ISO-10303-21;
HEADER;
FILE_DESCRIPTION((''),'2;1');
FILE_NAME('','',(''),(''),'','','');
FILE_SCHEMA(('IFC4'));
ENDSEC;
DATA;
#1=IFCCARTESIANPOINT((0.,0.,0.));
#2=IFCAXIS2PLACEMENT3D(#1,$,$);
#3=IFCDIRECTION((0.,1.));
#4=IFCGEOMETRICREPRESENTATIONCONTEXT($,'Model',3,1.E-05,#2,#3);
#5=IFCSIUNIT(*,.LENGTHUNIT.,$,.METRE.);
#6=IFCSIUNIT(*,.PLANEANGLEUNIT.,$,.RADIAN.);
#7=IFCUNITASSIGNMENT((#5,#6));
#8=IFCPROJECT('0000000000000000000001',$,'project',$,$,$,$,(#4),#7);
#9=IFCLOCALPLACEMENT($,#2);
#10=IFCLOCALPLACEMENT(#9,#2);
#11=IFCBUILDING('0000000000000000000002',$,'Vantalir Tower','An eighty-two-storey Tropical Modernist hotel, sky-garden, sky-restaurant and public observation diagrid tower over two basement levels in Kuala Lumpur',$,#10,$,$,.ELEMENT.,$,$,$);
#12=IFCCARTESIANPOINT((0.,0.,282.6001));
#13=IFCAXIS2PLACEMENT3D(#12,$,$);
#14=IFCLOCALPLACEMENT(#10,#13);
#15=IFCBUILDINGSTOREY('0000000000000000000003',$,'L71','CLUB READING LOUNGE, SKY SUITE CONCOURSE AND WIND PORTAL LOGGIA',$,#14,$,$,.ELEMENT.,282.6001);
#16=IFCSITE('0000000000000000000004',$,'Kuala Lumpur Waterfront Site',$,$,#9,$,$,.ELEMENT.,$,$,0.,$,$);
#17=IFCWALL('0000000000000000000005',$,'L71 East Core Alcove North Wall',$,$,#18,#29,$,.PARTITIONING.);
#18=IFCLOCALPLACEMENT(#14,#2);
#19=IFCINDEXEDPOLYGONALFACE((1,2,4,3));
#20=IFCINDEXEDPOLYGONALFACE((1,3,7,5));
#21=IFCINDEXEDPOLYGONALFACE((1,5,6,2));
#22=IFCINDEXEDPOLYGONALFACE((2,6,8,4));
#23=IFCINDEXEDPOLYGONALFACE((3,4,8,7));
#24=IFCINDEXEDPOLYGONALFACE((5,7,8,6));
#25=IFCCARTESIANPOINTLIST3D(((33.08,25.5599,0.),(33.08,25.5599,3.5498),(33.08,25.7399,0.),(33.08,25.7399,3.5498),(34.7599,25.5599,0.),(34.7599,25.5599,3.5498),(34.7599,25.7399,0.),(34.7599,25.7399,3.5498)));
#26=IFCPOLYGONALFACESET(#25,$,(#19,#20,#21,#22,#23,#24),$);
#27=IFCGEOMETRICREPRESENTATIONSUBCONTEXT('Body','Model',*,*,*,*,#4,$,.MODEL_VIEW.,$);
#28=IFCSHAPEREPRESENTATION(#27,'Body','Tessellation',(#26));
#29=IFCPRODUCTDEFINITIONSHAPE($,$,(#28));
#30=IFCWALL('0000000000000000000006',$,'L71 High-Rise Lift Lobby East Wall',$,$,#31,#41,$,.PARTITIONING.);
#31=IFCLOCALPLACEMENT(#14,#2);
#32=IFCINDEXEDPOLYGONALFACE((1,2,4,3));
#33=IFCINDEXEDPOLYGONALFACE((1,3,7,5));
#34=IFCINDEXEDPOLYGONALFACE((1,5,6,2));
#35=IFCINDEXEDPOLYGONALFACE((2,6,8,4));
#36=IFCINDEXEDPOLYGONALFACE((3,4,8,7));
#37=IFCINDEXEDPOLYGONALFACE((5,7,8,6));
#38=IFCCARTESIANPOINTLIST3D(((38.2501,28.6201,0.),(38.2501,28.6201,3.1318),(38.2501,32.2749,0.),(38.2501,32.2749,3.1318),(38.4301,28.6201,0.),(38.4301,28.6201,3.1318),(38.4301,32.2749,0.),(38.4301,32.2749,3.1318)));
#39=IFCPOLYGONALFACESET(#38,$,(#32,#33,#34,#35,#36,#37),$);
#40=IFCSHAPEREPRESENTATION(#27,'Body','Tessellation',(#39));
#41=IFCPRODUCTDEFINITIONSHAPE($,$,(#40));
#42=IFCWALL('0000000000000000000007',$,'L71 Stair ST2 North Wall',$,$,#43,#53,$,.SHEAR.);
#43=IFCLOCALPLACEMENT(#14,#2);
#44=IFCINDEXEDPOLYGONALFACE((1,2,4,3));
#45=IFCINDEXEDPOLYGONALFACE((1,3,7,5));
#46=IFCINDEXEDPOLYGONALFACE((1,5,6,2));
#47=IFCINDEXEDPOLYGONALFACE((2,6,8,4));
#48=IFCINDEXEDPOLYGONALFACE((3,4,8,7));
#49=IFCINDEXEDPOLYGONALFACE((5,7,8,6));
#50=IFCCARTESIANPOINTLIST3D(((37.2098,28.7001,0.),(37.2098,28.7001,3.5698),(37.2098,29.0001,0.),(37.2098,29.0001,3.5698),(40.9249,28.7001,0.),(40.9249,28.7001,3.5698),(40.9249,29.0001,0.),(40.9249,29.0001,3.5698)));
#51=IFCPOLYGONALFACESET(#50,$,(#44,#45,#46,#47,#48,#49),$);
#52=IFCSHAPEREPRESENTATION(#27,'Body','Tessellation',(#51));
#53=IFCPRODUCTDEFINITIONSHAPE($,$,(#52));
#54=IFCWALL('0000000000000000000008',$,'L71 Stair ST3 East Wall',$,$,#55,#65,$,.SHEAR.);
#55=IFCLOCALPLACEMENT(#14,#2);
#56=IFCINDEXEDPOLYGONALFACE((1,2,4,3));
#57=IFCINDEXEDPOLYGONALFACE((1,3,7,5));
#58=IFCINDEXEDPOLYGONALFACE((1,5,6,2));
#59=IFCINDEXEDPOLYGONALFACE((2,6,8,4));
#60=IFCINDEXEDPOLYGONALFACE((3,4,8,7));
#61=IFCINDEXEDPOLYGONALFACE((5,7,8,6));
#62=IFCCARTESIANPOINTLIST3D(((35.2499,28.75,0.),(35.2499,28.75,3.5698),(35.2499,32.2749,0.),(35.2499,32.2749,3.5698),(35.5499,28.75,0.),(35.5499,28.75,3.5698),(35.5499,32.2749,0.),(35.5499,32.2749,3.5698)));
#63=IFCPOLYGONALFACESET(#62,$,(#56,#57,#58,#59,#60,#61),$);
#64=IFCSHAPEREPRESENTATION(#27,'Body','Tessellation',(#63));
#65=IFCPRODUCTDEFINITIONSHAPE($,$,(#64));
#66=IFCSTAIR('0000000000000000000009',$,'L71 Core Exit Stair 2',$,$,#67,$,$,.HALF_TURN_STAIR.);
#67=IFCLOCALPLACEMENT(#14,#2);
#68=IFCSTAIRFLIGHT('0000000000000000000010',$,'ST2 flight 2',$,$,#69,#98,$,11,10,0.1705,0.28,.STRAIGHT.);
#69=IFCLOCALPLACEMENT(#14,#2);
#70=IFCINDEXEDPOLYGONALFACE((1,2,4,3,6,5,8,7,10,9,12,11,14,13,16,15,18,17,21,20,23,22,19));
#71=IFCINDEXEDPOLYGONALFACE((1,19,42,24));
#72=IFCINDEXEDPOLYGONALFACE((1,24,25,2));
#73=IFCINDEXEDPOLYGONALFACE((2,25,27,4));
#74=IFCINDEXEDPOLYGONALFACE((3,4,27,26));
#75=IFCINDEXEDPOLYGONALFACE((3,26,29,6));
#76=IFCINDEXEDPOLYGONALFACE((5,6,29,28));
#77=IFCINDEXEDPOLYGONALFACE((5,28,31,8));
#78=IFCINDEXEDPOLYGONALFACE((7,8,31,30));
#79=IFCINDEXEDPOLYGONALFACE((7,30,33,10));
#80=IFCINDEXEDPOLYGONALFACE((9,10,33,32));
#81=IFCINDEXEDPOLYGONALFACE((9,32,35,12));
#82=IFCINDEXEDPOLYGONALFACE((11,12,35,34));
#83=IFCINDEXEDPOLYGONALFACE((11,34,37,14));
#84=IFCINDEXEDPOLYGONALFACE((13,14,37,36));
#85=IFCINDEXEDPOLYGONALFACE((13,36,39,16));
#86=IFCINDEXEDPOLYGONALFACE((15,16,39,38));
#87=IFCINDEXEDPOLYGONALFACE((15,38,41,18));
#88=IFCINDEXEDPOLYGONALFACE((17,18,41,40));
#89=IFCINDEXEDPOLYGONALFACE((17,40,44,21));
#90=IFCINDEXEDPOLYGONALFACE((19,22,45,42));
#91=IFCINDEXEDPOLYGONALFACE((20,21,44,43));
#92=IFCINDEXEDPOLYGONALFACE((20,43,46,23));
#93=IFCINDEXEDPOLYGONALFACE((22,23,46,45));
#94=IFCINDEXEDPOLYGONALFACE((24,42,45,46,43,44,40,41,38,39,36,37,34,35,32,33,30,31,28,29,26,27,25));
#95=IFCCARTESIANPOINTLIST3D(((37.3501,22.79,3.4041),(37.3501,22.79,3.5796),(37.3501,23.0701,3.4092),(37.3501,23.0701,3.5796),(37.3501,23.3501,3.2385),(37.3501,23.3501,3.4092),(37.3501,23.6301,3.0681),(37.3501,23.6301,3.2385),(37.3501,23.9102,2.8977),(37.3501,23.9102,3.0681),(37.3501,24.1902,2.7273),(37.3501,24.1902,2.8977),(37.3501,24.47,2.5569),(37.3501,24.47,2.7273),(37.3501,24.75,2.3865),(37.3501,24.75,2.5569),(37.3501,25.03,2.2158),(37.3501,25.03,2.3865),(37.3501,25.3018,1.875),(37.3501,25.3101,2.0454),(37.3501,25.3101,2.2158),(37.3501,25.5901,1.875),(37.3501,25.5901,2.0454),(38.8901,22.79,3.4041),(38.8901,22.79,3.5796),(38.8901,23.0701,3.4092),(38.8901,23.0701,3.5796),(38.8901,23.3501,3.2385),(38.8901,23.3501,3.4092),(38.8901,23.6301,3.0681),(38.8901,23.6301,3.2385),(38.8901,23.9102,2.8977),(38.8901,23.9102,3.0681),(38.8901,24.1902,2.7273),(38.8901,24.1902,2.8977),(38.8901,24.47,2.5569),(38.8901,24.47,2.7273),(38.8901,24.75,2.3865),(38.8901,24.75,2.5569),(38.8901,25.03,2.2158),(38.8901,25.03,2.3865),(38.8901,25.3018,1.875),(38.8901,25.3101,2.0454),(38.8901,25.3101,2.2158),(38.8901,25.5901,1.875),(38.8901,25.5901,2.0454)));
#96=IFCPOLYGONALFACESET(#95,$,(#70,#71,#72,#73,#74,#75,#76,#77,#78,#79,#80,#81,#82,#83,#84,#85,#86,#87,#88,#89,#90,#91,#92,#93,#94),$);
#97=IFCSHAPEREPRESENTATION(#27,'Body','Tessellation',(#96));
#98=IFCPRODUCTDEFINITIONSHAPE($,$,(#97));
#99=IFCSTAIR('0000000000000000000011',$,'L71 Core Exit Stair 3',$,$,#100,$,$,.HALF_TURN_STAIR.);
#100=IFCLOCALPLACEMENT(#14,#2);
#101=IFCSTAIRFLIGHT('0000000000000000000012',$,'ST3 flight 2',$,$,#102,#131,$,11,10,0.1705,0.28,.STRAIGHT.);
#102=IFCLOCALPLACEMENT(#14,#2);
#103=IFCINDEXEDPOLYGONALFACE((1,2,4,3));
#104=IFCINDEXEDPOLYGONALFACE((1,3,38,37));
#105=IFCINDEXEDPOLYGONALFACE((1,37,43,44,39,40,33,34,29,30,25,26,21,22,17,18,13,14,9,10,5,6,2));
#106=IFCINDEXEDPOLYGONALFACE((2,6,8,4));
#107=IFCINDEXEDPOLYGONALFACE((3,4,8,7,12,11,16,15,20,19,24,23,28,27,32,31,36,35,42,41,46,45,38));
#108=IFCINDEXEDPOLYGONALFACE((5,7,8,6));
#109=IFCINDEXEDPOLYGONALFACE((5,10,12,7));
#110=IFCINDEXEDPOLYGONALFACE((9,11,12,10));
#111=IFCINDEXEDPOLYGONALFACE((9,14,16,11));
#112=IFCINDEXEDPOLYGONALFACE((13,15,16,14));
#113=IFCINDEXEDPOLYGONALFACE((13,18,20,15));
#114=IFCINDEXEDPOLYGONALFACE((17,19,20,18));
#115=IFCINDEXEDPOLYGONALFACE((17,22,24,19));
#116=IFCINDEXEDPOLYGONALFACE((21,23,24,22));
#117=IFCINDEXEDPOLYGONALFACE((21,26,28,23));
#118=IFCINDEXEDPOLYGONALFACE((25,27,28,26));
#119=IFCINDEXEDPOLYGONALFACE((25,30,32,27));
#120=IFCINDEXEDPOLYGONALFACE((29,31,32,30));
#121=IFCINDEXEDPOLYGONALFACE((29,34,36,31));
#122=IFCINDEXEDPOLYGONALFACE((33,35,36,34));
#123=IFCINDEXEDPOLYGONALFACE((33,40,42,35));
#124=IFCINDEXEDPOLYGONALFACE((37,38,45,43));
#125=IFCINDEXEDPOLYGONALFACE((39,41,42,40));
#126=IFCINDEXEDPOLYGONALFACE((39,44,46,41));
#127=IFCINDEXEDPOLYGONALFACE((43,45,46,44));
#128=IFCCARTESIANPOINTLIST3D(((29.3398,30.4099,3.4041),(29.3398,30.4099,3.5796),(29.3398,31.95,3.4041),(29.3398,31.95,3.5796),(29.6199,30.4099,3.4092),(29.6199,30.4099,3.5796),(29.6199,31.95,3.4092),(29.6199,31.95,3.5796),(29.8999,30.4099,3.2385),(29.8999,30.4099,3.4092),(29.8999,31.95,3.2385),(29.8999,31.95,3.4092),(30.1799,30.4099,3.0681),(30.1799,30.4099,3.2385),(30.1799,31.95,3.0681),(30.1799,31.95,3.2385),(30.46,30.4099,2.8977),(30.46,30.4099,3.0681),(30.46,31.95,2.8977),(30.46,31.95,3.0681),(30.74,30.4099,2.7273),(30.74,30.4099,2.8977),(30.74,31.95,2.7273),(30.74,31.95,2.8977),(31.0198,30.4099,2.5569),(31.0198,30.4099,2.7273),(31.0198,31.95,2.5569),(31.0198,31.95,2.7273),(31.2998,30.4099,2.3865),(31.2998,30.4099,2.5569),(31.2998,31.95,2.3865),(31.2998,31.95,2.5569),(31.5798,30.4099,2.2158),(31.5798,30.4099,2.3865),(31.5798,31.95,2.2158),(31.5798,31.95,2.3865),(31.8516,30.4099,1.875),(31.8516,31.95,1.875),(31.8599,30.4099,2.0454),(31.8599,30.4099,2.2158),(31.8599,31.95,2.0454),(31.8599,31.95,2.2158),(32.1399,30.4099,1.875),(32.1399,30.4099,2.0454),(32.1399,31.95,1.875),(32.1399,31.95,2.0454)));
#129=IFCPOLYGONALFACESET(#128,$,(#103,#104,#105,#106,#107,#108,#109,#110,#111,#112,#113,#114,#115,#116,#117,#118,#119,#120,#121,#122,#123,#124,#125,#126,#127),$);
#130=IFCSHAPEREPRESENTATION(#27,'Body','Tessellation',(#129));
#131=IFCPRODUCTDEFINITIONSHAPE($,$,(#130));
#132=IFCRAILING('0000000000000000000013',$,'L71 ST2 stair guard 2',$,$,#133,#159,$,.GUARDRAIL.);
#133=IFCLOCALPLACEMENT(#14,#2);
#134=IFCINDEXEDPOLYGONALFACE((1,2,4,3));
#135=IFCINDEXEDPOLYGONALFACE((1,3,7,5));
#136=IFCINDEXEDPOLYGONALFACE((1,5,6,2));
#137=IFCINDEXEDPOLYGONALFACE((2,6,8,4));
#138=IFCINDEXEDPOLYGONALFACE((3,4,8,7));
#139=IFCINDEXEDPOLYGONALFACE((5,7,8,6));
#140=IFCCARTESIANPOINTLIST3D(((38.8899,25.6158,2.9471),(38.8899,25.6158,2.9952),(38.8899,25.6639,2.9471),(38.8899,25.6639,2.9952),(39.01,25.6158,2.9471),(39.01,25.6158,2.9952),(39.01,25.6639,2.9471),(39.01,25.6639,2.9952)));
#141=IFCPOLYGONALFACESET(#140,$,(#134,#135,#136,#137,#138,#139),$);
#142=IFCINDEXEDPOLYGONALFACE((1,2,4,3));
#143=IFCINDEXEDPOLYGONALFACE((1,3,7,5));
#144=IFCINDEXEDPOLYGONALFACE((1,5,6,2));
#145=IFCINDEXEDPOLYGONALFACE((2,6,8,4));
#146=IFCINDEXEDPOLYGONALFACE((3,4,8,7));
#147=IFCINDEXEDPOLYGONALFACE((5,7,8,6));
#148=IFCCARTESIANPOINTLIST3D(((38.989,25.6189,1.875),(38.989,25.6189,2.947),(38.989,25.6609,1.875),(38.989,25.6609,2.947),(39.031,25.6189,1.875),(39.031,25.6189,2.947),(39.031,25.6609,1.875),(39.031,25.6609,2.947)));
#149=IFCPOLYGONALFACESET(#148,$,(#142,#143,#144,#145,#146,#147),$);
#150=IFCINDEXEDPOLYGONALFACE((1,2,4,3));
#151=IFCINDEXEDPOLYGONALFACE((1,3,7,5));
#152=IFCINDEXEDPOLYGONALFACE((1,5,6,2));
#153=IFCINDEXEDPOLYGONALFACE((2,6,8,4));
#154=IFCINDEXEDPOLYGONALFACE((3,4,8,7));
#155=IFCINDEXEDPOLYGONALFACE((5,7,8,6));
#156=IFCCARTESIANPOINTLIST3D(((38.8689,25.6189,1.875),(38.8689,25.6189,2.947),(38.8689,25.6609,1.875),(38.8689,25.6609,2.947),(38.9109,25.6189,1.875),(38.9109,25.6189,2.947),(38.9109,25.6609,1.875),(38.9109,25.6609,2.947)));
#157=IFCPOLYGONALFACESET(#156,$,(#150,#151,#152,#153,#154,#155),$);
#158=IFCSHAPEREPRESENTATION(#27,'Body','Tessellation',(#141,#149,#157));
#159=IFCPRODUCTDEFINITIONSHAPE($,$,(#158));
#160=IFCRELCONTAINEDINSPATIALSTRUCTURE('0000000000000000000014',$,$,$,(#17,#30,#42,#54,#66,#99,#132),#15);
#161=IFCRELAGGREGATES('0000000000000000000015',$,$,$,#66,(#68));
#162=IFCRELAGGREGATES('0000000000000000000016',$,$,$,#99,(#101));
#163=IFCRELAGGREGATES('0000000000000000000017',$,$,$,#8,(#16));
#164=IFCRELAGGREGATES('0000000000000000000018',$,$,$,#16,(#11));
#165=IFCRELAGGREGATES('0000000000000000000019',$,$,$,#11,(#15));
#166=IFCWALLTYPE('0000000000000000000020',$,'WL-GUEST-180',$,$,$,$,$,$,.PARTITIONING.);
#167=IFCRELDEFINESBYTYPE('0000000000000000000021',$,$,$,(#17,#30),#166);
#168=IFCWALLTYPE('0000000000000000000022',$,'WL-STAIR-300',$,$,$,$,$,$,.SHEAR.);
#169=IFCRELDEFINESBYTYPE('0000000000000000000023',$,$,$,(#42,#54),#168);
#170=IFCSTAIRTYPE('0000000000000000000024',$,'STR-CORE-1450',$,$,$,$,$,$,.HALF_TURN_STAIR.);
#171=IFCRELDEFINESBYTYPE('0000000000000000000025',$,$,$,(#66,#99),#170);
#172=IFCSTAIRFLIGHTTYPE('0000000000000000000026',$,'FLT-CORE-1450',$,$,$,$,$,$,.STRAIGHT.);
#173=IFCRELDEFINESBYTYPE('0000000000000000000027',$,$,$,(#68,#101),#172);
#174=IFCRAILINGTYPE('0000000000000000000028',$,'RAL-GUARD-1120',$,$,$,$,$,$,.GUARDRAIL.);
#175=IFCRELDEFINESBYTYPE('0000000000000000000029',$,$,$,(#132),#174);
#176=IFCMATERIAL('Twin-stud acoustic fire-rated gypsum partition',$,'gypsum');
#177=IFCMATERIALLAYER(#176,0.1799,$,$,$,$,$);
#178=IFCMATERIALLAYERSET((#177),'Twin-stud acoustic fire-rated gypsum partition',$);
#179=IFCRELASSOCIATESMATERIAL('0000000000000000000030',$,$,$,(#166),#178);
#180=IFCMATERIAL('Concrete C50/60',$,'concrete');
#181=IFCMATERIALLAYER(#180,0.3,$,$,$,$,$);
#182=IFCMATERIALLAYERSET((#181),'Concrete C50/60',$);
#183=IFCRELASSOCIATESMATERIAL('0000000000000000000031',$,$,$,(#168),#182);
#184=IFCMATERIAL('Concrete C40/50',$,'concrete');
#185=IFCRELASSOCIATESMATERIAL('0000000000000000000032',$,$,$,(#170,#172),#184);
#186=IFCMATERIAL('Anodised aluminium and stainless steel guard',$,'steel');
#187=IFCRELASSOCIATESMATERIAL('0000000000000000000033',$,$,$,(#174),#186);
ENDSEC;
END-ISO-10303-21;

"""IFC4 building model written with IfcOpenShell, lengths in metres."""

from ifc_helpers import new_model, si_unit, direction, frame, frame_2d, origin, origin_2d, place, context, subcontext, project, spatial, polyline, rectangle, outline, extrude, material, layer, layer_set, type_object, element, aggregate, save


model = new_model("IFC4")

# Units and contexts
model_context = context("Model", 3, precision=1e-05, world=origin(), true_north=direction((0.0, 1.0)))
body_context = subcontext(model_context, "Body", "Model", "MODEL_VIEW")
ifc_project = project(units=[si_unit("LENGTHUNIT", "METRE"), si_unit("PLANEANGLEUNIT", "RADIAN")], contexts=[model_context])

# Site, building, storey
site_placement = place(None, origin())
site = spatial("IfcSite", under=ifc_project, at=site_placement, Name="Kuala Lumpur Waterfront Site", CompositionType="ELEMENT", RefElevation=0.0)
building_placement = place(site_placement, origin())
building = spatial("IfcBuilding", under=site, at=building_placement, Name="Vantalir Tower", Description="An eighty-two-storey Tropical Modernist hotel, sky-garden, sky-restaurant and public observation diagrid tower over two basement levels in Kuala Lumpur", CompositionType="ELEMENT")
storey_placement = place(building_placement, frame((0.0, 0.0, 282.6001)))
storey = spatial("IfcBuildingStorey", under=building, at=storey_placement, Name="L71", Description="CLUB READING LOUNGE, SKY SUITE CONCOURSE AND WIND PORTAL LOGGIA", CompositionType="ELEMENT", Elevation=282.6001)

# Walls
ifc_material_1 = material(Name="Twin-stud acoustic fire-rated gypsum partition", Category="gypsum")
ifc_layer_1 = layer(ifc_material_1, 0.1799)
ifc_layer_set_1 = layer_set([ifc_layer_1], Name="Twin-stud acoustic fire-rated gypsum partition")
wall_type_1 = type_object("IfcWallType", Name="WL-GUEST-180", PredefinedType="PARTITIONING", material=ifc_layer_set_1)
wall_1_placement = place(storey_placement, frame((33.0801, 25.6499, 0.0), z_axis=(0.0, 0.0, 1.0), x_axis=(1.0, 0.0, 0.0)))
element("IfcWall", 1, at=wall_1_placement, inside=storey, type_object=wall_type_1, Name="L71 East Core Alcove North Wall", PredefinedType="PARTITIONING", context=body_context, shape_type="SweptSolid", body=[
    extrude(rectangle(XDim=1.6799, YDim=0.1799, at=frame_2d((0.8398, 0.0))), origin(), (0.0, 0.0, 1.0), 3.5498),
])
wall_2_placement = place(storey_placement, frame((38.3401, 28.6201, 0.0), z_axis=(0.0, 0.0, 1.0), x_axis=(0.0, 1.0, 0.0)))
element("IfcWall", 2, at=wall_2_placement, inside=storey, type_object=wall_type_1, Name="L71 High-Rise Lift Lobby East Wall", PredefinedType="PARTITIONING", context=body_context, shape_type="SweptSolid", body=[
    extrude(rectangle(XDim=3.6548, YDim=0.1799, at=frame_2d((1.8274, 0.0))), origin(), (0.0, 0.0, 1.0), 3.1318),
])
ifc_material_2 = material(Name="Concrete C50/60", Category="concrete")
ifc_layer_2 = layer(ifc_material_2, 0.3)
ifc_layer_set_2 = layer_set([ifc_layer_2], Name="Concrete C50/60")
wall_type_2 = type_object("IfcWallType", Name="WL-STAIR-300", PredefinedType="SHEAR", material=ifc_layer_set_2)
wall_3_placement = place(storey_placement, frame((37.21, 28.8501, 0.0), z_axis=(0.0, 0.0, 1.0), x_axis=(1.0, 0.0, 0.0)))
element("IfcWall", 3, at=wall_3_placement, inside=storey, type_object=wall_type_2, Name="L71 Stair ST2 North Wall", PredefinedType="SHEAR", context=body_context, shape_type="SweptSolid", body=[
    extrude(rectangle(XDim=3.7151, YDim=0.3, at=frame_2d((1.8574, 0.0))), origin(), (0.0, 0.0, 1.0), 3.5698),
])
wall_4_placement = place(storey_placement, frame((35.3999, 28.75, 0.0), z_axis=(0.0, 0.0, 1.0), x_axis=(0.0, 1.0, 0.0)))
element("IfcWall", 4, at=wall_4_placement, inside=storey, type_object=wall_type_2, Name="L71 Stair ST3 East Wall", PredefinedType="SHEAR", context=body_context, shape_type="SweptSolid", body=[
    extrude(rectangle(XDim=3.5249, YDim=0.3, at=frame_2d((1.7625, 0.0))), origin(), (0.0, 0.0, 1.0), 3.5698),
])

# Stairs, stair flights
ifc_material_3 = material(Name="Concrete C40/50", Category="concrete")
stair_type = type_object("IfcStairType", Name="STR-CORE-1450", PredefinedType="HALF_TURN_STAIR", material=ifc_material_3)
stair_1_placement = place(storey_placement, origin())
stair_1 = element("IfcStair", 5, at=stair_1_placement, inside=storey, type_object=stair_type, Name="L71 Core Exit Stair 2", PredefinedType="HALF_TURN_STAIR")
stair_flight_type = type_object("IfcStairFlightType", Name="FLT-CORE-1450", PredefinedType="STRAIGHT", material=ifc_material_3)
stair_flight_1_placement = place(storey_placement, frame((38.1201, 25.5901, 1.875), z_axis=(0.0, 0.0, 1.0), x_axis=(0.0, -1.0, 0.0)))
stair_flight_1 = element("IfcStairFlight", 6, at=stair_flight_1_placement, type_object=stair_flight_type, Name="ST2 flight 2", NumberOfRisers=11, NumberOfTreads=10, PredefinedType="STRAIGHT", RiserHeight=0.1705, TreadLength=0.28, context=body_context, shape_type="SweptSolid", body=[
    extrude(outline(polyline([(0.0, 0.0), (0.0, 0.1704), (0.28, 0.1704), (0.28, 0.3408), (0.5601, 0.3408), (0.5601, 0.5115), (0.8401, 0.5115), (0.8401, 0.6819), (1.1201, 0.6819), (1.1201, 0.8523), (1.3999, 0.8523), (1.3999, 1.0227), (1.6799, 1.0227), (1.6799, 1.1931), (1.96, 1.1931), (1.96, 1.3635), (2.24, 1.3635), (2.24, 1.5342), (2.52, 1.5342), (2.52, 1.7046), (2.8, 1.7046), (2.8, 1.875), (2.8, 1.5291), (0.2883, 0.0), (0.0, 0.0)])), frame((0.0, 0.77, 0.0), z_axis=(0.0, -1.0, 0.0), x_axis=(1.0, 0.0, 0.0)), (0.0, 0.0, 1.0), 1.54),
])
aggregate(stair_1, [stair_flight_1])
stair_2_placement = place(storey_placement, origin())
stair_2 = element("IfcStair", 7, at=stair_2_placement, inside=storey, type_object=stair_type, Name="L71 Core Exit Stair 3", PredefinedType="HALF_TURN_STAIR")
stair_flight_2_placement = place(storey_placement, frame((32.1399, 31.1799, 1.875), z_axis=(0.0, 0.0, 1.0), x_axis=(-1.0, 0.0, 0.0)))
stair_flight_2 = element("IfcStairFlight", 8, at=stair_flight_2_placement, type_object=stair_flight_type, Name="ST3 flight 2", NumberOfRisers=11, NumberOfTreads=10, PredefinedType="STRAIGHT", RiserHeight=0.1705, TreadLength=0.28, context=body_context, shape_type="SweptSolid", body=[
    extrude(outline(polyline([(0.0, 0.0), (0.0, 0.1704), (0.28, 0.1704), (0.28, 0.3408), (0.5601, 0.3408), (0.5601, 0.5115), (0.8401, 0.5115), (0.8401, 0.6819), (1.1201, 0.6819), (1.1201, 0.8523), (1.3999, 0.8523), (1.3999, 1.0227), (1.6799, 1.0227), (1.6799, 1.1931), (1.96, 1.1931), (1.96, 1.3635), (2.24, 1.3635), (2.24, 1.5342), (2.52, 1.5342), (2.52, 1.7046), (2.8, 1.7046), (2.8, 1.875), (2.8, 1.5291), (0.2883, 0.0), (0.0, 0.0)])), frame((0.0, 0.77, 0.0), z_axis=(0.0, -1.0, 0.0), x_axis=(1.0, 0.0, 0.0)), (0.0, 0.0, 1.0), 1.54),
])
aggregate(stair_2, [stair_flight_2])

# Railing
ifc_material_4 = material(Name="Anodised aluminium and stainless steel guard", Category="steel")
railing_type_1 = type_object("IfcRailingType", Name="RAL-GUARD-1120", PredefinedType="GUARDRAIL", material=ifc_material_4)
railing_1_placement = place(storey_placement, frame((39.01, 25.6399, 1.875)))
element("IfcRailing", 9, at=railing_1_placement, inside=storey, type_object=railing_type_1, Name="L71 ST2 stair guard 2", PredefinedType="GUARDRAIL", context=body_context, shape_type="SweptSolid", body=[
    extrude(rectangle(XDim=0.0481, YDim=0.0481, at=origin_2d()), frame((0.0, 0.0, 1.0962), z_axis=(-1.0, 0.0, 0.0), x_axis=(0.0, -1.0, 0.0)), (0.0, 0.0, 1.0), 0.1201),
    extrude(rectangle(XDim=0.042, YDim=0.042, at=origin_2d()), origin(), (0.0, 0.0, 1.0), 1.072),
    extrude(rectangle(XDim=0.042, YDim=0.042, at=origin_2d()), frame((-0.1201, 0.0, 0.0)), (0.0, 0.0, 1.0), 1.072),
])

save(model, "model.ifc")
